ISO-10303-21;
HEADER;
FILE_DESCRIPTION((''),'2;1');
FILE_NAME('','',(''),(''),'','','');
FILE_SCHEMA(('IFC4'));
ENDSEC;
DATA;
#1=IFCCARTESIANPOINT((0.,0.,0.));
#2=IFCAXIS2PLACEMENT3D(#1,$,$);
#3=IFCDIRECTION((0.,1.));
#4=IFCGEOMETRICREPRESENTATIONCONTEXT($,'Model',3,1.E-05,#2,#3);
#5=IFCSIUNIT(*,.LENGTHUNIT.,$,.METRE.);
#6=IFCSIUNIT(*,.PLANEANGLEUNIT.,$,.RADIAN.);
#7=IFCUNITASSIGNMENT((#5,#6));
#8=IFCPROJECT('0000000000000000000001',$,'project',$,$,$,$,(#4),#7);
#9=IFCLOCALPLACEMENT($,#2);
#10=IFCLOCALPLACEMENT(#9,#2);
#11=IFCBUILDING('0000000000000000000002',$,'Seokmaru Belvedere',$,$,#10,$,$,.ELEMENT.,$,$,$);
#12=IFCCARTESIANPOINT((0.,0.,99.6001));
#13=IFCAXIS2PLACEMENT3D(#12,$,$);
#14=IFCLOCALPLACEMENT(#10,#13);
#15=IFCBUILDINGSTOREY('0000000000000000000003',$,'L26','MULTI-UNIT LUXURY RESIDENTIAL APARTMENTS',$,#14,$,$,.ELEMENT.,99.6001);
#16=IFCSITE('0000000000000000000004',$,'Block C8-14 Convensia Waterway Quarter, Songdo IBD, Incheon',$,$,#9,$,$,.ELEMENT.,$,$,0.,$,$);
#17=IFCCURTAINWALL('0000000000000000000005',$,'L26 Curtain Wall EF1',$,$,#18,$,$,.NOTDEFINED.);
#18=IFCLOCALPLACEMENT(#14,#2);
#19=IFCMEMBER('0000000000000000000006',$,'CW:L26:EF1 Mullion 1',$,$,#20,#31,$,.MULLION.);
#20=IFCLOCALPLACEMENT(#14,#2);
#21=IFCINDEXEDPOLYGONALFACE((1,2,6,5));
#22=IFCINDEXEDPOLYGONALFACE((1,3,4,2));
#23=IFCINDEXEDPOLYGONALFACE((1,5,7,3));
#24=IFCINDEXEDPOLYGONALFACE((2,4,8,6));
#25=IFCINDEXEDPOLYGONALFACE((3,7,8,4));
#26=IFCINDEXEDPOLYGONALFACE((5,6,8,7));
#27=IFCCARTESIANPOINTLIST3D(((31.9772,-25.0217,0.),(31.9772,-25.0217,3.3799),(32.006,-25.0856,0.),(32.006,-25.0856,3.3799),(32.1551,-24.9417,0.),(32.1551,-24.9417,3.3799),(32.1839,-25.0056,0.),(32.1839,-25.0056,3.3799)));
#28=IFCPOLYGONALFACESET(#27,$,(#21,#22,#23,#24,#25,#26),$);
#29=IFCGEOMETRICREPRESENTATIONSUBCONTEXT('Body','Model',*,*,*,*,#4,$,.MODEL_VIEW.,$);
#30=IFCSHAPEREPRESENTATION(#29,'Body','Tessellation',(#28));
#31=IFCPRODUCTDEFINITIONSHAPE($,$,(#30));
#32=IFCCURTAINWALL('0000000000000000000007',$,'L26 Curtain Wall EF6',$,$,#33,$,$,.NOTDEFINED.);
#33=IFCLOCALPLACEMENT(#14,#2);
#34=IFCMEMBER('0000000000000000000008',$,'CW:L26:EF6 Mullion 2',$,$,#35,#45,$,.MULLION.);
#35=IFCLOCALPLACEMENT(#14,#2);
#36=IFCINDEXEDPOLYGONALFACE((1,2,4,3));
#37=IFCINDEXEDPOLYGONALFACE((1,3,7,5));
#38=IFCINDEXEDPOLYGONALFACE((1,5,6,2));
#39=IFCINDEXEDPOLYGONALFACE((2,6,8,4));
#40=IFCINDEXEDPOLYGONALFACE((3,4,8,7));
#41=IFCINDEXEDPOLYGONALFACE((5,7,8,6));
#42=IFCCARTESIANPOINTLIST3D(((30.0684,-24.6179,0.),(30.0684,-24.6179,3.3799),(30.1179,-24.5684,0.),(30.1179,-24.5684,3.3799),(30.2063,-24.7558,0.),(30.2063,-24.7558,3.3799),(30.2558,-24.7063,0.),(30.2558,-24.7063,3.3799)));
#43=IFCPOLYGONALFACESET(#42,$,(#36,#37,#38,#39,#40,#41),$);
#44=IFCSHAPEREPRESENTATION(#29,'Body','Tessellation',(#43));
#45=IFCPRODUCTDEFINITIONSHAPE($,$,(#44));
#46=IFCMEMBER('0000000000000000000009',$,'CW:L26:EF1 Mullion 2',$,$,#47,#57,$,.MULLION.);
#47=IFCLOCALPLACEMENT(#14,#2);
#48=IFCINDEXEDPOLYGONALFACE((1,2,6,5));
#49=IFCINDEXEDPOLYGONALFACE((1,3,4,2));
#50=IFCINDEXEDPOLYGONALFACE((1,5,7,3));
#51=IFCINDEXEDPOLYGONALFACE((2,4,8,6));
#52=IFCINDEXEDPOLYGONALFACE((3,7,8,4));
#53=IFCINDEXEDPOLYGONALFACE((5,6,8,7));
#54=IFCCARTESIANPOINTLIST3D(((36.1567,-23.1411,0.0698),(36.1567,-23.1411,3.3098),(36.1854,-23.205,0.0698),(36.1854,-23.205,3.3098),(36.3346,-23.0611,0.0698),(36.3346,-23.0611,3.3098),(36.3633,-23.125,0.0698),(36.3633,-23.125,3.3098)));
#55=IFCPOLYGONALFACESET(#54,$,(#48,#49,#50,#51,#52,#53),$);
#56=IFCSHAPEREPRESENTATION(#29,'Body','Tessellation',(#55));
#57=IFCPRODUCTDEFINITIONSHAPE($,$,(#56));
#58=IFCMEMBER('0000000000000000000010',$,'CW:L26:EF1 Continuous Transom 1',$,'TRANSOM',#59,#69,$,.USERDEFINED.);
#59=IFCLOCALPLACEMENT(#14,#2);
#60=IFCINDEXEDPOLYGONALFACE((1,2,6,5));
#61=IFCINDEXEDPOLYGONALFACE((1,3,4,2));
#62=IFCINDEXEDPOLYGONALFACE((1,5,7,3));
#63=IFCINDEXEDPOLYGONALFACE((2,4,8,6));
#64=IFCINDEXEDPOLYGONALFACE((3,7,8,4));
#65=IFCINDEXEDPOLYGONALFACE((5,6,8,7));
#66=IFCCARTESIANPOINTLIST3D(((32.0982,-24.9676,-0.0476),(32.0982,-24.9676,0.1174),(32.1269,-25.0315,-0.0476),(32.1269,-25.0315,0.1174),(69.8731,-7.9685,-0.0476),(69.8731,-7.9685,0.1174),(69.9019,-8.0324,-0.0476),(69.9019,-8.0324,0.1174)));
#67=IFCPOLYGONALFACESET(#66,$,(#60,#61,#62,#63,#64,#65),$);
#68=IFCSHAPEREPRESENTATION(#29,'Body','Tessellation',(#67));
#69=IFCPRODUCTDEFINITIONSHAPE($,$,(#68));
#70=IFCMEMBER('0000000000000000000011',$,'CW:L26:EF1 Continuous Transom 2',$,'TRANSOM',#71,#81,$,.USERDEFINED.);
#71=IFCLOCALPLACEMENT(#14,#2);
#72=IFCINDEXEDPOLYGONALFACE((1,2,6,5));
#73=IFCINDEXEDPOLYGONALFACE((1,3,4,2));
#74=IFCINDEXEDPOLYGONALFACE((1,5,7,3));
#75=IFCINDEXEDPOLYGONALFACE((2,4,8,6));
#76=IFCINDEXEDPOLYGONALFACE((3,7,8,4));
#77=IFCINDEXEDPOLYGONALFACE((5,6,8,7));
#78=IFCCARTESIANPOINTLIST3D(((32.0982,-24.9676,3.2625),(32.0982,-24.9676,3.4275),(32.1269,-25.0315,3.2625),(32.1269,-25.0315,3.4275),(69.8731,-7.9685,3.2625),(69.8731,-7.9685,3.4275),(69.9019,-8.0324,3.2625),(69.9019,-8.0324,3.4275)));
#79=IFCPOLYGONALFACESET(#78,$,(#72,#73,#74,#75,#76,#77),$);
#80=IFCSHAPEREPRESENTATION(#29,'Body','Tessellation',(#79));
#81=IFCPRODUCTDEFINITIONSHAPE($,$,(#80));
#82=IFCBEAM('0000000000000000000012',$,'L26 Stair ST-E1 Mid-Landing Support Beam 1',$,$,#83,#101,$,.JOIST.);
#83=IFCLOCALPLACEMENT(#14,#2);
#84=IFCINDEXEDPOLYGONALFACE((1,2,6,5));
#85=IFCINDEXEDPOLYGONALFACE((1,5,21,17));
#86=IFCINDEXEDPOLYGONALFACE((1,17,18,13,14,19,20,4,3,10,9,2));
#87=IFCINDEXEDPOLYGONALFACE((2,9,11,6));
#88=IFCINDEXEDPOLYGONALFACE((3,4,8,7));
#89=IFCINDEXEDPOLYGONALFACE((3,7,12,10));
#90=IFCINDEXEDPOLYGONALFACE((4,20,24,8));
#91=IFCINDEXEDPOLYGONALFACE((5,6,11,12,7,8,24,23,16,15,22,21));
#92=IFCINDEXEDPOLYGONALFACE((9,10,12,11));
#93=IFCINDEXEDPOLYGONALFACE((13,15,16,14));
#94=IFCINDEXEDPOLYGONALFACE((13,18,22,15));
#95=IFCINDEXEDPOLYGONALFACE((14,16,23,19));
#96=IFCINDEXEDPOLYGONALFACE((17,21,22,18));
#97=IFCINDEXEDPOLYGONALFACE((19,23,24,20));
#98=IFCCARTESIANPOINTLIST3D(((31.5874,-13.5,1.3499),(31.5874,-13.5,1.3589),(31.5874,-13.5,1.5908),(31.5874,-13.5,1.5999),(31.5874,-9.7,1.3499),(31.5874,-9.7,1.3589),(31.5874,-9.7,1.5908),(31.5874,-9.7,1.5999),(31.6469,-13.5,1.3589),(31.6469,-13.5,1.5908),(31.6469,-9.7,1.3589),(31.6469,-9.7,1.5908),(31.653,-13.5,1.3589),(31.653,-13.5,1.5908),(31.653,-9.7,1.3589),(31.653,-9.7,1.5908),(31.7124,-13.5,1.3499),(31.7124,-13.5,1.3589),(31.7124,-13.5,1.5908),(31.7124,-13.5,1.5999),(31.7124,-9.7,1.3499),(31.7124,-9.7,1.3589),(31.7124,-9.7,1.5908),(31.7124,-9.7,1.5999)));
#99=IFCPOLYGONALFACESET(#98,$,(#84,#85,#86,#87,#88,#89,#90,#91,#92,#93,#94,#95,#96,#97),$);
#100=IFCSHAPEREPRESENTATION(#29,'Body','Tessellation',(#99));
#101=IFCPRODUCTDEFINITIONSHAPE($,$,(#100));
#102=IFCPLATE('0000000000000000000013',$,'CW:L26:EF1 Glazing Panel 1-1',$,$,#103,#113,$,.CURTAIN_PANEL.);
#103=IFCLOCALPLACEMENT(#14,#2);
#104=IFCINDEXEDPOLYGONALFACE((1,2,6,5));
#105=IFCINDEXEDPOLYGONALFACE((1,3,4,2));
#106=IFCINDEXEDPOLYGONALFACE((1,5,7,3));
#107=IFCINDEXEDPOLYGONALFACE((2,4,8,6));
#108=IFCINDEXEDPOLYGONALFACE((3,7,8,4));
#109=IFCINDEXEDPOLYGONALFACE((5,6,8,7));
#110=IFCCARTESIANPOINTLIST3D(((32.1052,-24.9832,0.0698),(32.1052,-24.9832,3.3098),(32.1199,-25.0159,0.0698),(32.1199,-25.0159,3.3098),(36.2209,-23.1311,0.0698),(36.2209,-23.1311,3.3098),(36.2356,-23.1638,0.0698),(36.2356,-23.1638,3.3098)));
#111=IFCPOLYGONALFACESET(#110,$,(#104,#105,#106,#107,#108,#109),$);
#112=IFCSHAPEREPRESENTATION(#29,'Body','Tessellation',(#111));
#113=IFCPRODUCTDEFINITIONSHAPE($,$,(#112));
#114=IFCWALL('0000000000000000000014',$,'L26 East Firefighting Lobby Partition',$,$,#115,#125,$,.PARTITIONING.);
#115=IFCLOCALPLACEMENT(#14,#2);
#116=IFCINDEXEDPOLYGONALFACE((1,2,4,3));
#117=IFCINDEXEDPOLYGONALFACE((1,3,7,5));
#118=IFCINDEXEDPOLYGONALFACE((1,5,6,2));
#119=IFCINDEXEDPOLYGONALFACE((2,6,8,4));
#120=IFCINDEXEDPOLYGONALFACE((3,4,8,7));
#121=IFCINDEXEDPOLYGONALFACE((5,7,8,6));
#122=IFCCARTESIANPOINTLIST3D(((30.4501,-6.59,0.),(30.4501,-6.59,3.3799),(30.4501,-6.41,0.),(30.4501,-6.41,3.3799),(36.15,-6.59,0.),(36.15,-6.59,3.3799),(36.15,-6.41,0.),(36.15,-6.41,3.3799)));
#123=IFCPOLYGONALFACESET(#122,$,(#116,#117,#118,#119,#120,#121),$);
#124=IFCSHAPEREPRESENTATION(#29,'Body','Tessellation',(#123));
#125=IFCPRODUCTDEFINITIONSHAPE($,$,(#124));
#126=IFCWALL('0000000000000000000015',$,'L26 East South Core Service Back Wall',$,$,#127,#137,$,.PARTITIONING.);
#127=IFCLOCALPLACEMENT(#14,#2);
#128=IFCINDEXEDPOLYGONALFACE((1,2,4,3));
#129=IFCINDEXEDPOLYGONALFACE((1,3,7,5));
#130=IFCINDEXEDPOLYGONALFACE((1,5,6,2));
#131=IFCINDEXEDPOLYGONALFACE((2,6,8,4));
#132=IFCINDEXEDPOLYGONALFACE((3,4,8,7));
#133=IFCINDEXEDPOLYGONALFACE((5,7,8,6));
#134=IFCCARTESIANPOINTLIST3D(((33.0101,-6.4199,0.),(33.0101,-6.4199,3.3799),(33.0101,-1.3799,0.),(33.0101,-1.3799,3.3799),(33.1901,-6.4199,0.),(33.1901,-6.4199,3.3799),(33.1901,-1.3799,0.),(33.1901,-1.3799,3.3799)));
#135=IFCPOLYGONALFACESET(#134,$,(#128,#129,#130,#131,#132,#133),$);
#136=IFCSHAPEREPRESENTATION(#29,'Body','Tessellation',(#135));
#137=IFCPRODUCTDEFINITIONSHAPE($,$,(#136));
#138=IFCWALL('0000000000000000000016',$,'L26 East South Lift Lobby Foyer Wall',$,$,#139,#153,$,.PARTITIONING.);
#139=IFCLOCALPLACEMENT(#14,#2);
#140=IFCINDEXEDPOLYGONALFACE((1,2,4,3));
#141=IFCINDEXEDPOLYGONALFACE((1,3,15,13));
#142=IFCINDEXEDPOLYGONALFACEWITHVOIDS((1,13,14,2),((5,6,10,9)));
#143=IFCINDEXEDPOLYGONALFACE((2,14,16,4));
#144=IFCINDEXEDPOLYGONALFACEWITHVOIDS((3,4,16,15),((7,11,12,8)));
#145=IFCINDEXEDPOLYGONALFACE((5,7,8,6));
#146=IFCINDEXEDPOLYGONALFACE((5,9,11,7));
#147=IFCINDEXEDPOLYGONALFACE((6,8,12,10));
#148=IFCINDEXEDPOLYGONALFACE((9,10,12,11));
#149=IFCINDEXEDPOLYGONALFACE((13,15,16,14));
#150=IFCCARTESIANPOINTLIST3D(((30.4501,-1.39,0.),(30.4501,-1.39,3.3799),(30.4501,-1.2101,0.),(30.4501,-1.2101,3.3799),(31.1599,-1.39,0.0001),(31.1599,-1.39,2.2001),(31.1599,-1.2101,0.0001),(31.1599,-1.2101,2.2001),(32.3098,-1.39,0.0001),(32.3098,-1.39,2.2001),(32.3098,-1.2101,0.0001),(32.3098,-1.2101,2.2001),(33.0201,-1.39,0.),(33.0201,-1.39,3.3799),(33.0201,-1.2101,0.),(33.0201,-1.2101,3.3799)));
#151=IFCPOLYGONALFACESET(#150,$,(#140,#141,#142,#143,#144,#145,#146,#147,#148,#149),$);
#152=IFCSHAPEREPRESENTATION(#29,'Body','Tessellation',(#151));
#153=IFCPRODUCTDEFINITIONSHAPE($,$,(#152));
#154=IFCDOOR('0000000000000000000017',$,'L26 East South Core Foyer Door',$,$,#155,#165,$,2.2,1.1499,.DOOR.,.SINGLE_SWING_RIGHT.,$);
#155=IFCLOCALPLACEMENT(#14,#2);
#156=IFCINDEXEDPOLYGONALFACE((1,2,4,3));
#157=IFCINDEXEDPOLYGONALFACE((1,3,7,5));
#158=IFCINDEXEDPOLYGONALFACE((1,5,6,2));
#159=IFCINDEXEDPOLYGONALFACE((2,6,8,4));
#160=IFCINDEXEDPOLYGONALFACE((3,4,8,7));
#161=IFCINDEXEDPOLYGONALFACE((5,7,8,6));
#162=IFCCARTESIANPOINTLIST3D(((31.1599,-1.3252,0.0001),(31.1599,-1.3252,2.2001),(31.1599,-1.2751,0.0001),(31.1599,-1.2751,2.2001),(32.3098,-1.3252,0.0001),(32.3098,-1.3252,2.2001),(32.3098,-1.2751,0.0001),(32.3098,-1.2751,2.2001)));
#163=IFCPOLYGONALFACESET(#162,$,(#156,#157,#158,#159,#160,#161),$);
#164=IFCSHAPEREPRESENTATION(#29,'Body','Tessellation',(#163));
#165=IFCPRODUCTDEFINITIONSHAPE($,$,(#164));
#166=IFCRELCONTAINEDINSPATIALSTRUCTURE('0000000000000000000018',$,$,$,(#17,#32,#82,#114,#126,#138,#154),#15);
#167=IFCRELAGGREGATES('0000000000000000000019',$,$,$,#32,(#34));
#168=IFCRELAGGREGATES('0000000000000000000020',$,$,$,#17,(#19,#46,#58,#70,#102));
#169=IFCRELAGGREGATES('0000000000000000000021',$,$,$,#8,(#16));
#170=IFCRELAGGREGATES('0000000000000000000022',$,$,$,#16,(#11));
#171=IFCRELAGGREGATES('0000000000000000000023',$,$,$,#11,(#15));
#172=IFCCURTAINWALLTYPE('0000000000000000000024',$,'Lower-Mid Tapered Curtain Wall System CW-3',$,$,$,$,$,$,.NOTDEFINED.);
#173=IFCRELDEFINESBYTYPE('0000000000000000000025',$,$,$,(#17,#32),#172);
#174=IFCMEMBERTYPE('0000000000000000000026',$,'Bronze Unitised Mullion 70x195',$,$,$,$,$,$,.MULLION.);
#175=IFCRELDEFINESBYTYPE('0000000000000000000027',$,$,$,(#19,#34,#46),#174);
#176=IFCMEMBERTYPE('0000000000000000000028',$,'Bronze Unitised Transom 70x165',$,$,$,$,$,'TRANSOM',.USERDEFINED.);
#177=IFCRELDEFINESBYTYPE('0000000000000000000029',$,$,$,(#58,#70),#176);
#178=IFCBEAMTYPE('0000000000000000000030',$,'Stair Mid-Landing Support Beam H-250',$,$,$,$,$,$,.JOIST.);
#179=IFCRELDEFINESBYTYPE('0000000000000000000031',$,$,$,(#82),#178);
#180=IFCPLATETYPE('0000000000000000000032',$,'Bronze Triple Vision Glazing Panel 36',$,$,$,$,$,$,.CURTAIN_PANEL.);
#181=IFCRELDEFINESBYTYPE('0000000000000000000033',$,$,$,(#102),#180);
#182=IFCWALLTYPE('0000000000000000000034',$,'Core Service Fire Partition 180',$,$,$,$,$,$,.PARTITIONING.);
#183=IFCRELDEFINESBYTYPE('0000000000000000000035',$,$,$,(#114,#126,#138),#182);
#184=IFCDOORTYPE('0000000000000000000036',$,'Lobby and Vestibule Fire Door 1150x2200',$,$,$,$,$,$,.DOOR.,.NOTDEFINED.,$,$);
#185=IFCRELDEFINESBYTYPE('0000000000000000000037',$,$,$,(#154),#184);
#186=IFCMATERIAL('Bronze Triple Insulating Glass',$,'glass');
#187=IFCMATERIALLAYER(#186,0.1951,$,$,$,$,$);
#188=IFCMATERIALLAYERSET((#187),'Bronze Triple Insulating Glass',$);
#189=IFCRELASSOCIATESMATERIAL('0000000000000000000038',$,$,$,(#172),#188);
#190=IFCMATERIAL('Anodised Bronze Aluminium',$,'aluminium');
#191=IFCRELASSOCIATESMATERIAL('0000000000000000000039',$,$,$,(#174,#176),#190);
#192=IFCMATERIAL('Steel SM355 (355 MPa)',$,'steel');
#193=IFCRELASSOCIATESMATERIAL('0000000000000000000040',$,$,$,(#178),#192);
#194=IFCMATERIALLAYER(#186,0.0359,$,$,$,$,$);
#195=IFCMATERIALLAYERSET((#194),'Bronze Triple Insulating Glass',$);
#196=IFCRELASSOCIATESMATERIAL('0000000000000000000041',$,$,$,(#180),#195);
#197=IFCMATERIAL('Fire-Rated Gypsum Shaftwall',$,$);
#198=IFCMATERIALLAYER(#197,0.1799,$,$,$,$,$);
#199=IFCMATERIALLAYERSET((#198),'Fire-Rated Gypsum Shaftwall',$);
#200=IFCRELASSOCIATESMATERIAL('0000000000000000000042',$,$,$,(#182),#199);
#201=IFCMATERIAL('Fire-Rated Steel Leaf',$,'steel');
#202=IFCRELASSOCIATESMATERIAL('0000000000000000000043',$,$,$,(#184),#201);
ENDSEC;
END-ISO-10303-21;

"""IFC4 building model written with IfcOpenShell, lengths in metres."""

from ifc_helpers import new_model, si_unit, direction, frame, frame_2d, origin, origin_2d, place, context, subcontext, project, spatial, rectangle, i_section, extrude, source, transform, mapped, material, layer, layer_set, material_profile, profile_set, type_object, type_shapes, element, fill, aggregate, save


model = new_model("IFC4")

# Units and contexts
model_context = context("Model", 3, precision=1e-05, world=origin(), true_north=direction((0.0, 1.0)))
body_context = subcontext(model_context, "Body", "Model", "MODEL_VIEW")
ifc_project = project(units=[si_unit("LENGTHUNIT", "METRE"), si_unit("PLANEANGLEUNIT", "RADIAN")], contexts=[model_context])

# Site, building, storey
site_placement = place(None, origin())
site = spatial("IfcSite", under=ifc_project, at=site_placement, Name="Block C8-14 Convensia Waterway Quarter, Songdo IBD, Incheon", CompositionType="ELEMENT", RefElevation=0.0)
building_placement = place(site_placement, origin())
building = spatial("IfcBuilding", under=site, at=building_placement, Name="Seokmaru Belvedere", CompositionType="ELEMENT")
storey_placement = place(building_placement, frame((0.0, 0.0, 99.6001)))
storey = spatial("IfcBuildingStorey", under=building, at=storey_placement, Name="L26", Description="MULTI-UNIT LUXURY RESIDENTIAL APARTMENTS", CompositionType="ELEMENT", Elevation=99.6001)

# Shared definitions
ifc_material_1 = material(Name="Steel SM355 (355 MPa)", Category="steel")

# Curtain walls, members
ifc_material_2 = material(Name="Bronze Triple Insulating Glass", Category="glass")
ifc_layer_1 = layer(ifc_material_2, 0.1951)
ifc_layer_set_1 = layer_set([ifc_layer_1], Name="Bronze Triple Insulating Glass")
curtain_wall_type = type_object("IfcCurtainWallType", Name="Lower-Mid Tapered Curtain Wall System CW-3", PredefinedType="NOTDEFINED", material=ifc_layer_set_1)
curtain_wall_1_placement = place(storey_placement, origin())
curtain_wall_1 = element("IfcCurtainWall", 1, at=curtain_wall_1_placement, inside=storey, type_object=curtain_wall_type, Name="L26 Curtain Wall EF1", PredefinedType="NOTDEFINED")
ifc_material_3 = material(Name="Anodised Bronze Aluminium", Category="aluminium")
ifc_material_profile_1 = material_profile(ifc_material_3, rectangle(XDim=0.0701, YDim=0.1951, at=origin_2d()), Name="CW-M-70x195")
ifc_profile_set_1 = profile_set([ifc_material_profile_1], Name="Anodised Bronze Aluminium")
member_type_1 = type_object("IfcMemberType", Name="Bronze Unitised Mullion 70x195", PredefinedType="MULLION", material=ifc_profile_set_1)
shared_shape_1 = source(origin(), body_context, "Body", "SweptSolid", [
    extrude(rectangle(XDim=0.0701, YDim=0.1951, at=origin_2d()), origin(), (0.0, 0.0, 1.0), 3.3799),
])
member_1_placement = place(storey_placement, frame((32.0806, -25.0137, 0.0), z_axis=(0.0, 0.0, 1.0), x_axis=(-0.410366, 0.911921, 0.0)))
member_1 = element("IfcMember", 2, at=member_1_placement, type_object=member_type_1, Name="CW:L26:EF1 Mullion 1", PredefinedType="MULLION", context=body_context, shape_type="MappedRepresentation", body=[
    mapped(shared_shape_1, transform((0.0, 0.0, 0.0), scale=1.0)),
])
curtain_wall_2_placement = place(storey_placement, origin())
curtain_wall_2 = element("IfcCurtainWall", 3, at=curtain_wall_2_placement, inside=storey, type_object=curtain_wall_type, Name="L26 Curtain Wall EF6", PredefinedType="NOTDEFINED")
member_2_placement = place(storey_placement, frame((30.1621, -24.6621, 0.0), z_axis=(0.0, 0.0, 1.0), x_axis=(0.707107, 0.707107, 0.0)))
member_2 = element("IfcMember", 4, at=member_2_placement, type_object=member_type_1, Name="CW:L26:EF6 Mullion 2", PredefinedType="MULLION", context=body_context, shape_type="MappedRepresentation", body=[
    mapped(shared_shape_1, transform((0.0, 0.0, 0.0), scale=1.0)),
])
aggregate(curtain_wall_2, [member_2])

# Members
shared_shape_2 = source(origin(), body_context, "Body", "SweptSolid", [
    extrude(rectangle(XDim=0.0701, YDim=0.1951, at=origin_2d()), origin(), (0.0, 0.0, 1.0), 3.24),
])
type_shapes(member_type_1, [shared_shape_1, shared_shape_2])
member_3_placement = place(storey_placement, frame((36.26, -23.1331, 0.0698), z_axis=(0.0, 0.0, 1.0), x_axis=(-0.410366, 0.911921, 0.0)))
member_3 = element("IfcMember", 5, at=member_3_placement, type_object=member_type_1, Name="CW:L26:EF1 Mullion 2", PredefinedType="MULLION", context=body_context, shape_type="MappedRepresentation", body=[
    mapped(shared_shape_2, transform((0.0, 0.0, 0.0), scale=1.0)),
])
ifc_material_profile_2 = material_profile(ifc_material_3, rectangle(XDim=0.0701, YDim=0.165, at=origin_2d()), Name="CW-T-70x165")
ifc_profile_set_2 = profile_set([ifc_material_profile_2], Name="Anodised Bronze Aluminium")
member_type_2 = type_object("IfcMemberType", Name="Bronze Unitised Transom 70x165", ElementType="TRANSOM", PredefinedType="USERDEFINED", material=ifc_profile_set_2)
shared_shape_3 = source(origin(), body_context, "Body", "SweptSolid", [
    extrude(rectangle(XDim=0.0701, YDim=0.165, at=origin_2d()), origin(), (0.0, 0.0, 1.0), 41.4236),
])
type_shapes(member_type_2, [shared_shape_3])
member_4_placement = place(storey_placement, frame((32.1125, -24.9995, 0.0349), z_axis=(0.911919, 0.410371, 0.0), x_axis=(-0.410371, 0.911919, 0.0)))
member_4 = element("IfcMember", 6, at=member_4_placement, type_object=member_type_2, Name="CW:L26:EF1 Continuous Transom 1", ObjectType="TRANSOM", PredefinedType="USERDEFINED", context=body_context, shape_type="MappedRepresentation", body=[
    mapped(shared_shape_3, transform((0.0, 0.0, 0.0), scale=1.0)),
])
member_5_placement = place(storey_placement, frame((32.1125, -24.9995, 3.345), z_axis=(0.911919, 0.410371, 0.0), x_axis=(-0.410371, 0.911919, 0.0)))
member_5 = element("IfcMember", 7, at=member_5_placement, type_object=member_type_2, Name="CW:L26:EF1 Continuous Transom 2", ObjectType="TRANSOM", PredefinedType="USERDEFINED", context=body_context, shape_type="MappedRepresentation", body=[
    mapped(shared_shape_3, transform((0.0, 0.0, 0.0), scale=1.0)),
])

# Beam
ifc_material_profile_3 = material_profile(ifc_material_1, i_section(OverallWidth=0.125, OverallDepth=0.25, WebThickness=0.0061, FlangeThickness=0.009, at=origin_2d()), Name="H-250x125x6x9")
ifc_profile_set_3 = profile_set([ifc_material_profile_3], Name="Steel SM355 (355 MPa)")
beam_type_1 = type_object("IfcBeamType", Name="Stair Mid-Landing Support Beam H-250", PredefinedType="JOIST", material=ifc_profile_set_3)
shared_shape_4 = source(origin(), body_context, "Body", "SweptSolid", [
    extrude(i_section(OverallWidth=0.125, OverallDepth=0.25, WebThickness=0.0061, FlangeThickness=0.009, at=origin_2d()), origin(), (0.0, 0.0, 1.0), 3.8),
])
type_shapes(beam_type_1, [shared_shape_4])
beam_1_placement = place(storey_placement, frame((31.6499, -13.5, 1.4749), z_axis=(0.0, 1.0, 0.0), x_axis=(-1.0, 0.0, 0.0)))
element("IfcBeam", 8, at=beam_1_placement, inside=storey, type_object=beam_type_1, Name="L26 Stair ST-E1 Mid-Landing Support Beam 1", PredefinedType="JOIST", context=body_context, shape_type="MappedRepresentation", body=[
    mapped(shared_shape_4, transform((0.0, 0.0, 0.0), scale=1.0)),
])

# Plate
ifc_layer_2 = layer(ifc_material_2, 0.0359)
ifc_layer_set_2 = layer_set([ifc_layer_2], Name="Bronze Triple Insulating Glass")
plate_type = type_object("IfcPlateType", Name="Bronze Triple Vision Glazing Panel 36", PredefinedType="CURTAIN_PANEL", material=ifc_layer_set_2)
shared_shape_5 = source(origin(), body_context, "Body", "SweptSolid", [
    extrude(rectangle(XDim=4.5132, YDim=0.0359, at=origin_2d()), origin(), (0.0, 0.0, 1.0), 3.24),
])
type_shapes(plate_type, [shared_shape_5])
plate_placement = place(storey_placement, frame((34.1704, -24.0735, 0.0698), z_axis=(0.0, 0.0, 1.0), x_axis=(0.911921, 0.410366, 0.0)))
plate = element("IfcPlate", 9, at=plate_placement, type_object=plate_type, Name="CW:L26:EF1 Glazing Panel 1-1", PredefinedType="CURTAIN_PANEL", context=body_context, shape_type="MappedRepresentation", body=[
    mapped(shared_shape_5, transform((0.0, 0.0, 0.0), scale=1.0)),
])
aggregate(curtain_wall_1, [member_1, member_3, member_4, member_5, plate])

# Walls
ifc_material_4 = material(Name="Fire-Rated Gypsum Shaftwall")
ifc_layer_3 = layer(ifc_material_4, 0.1799)
ifc_layer_set_3 = layer_set([ifc_layer_3], Name="Fire-Rated Gypsum Shaftwall")
wall_type_1 = type_object("IfcWallType", Name="Core Service Fire Partition 180", PredefinedType="PARTITIONING", material=ifc_layer_set_3)
wall_1_placement = place(storey_placement, frame((30.45, -6.5, 0.0), z_axis=(0.0, 0.0, 1.0), x_axis=(1.0, 0.0, 0.0)))
element("IfcWall", 10, at=wall_1_placement, inside=storey, type_object=wall_type_1, Name="L26 East Firefighting Lobby Partition", PredefinedType="PARTITIONING", context=body_context, shape_type="SweptSolid", body=[
    extrude(rectangle(XDim=5.7, YDim=0.1799, at=frame_2d((2.8501, 0.0))), origin(), (0.0, 0.0, 1.0), 3.3799),
])
wall_2_placement = place(storey_placement, frame((33.1001, -6.4199, 0.0), z_axis=(0.0, 0.0, 1.0), x_axis=(0.0, 1.0, 0.0)))
element("IfcWall", 11, at=wall_2_placement, inside=storey, type_object=wall_type_1, Name="L26 East South Core Service Back Wall", PredefinedType="PARTITIONING", context=body_context, shape_type="SweptSolid", body=[
    extrude(rectangle(XDim=5.04, YDim=0.1799, at=frame_2d((2.52, 0.0))), origin(), (0.0, 0.0, 1.0), 3.3799),
])

# Wall, opening, door
wall_3_placement = place(storey_placement, frame((30.45, -1.3, 0.0), z_axis=(0.0, 0.0, 1.0), x_axis=(1.0, 0.0, 0.0)))
wall_3 = element("IfcWall", 12, at=wall_3_placement, inside=storey, type_object=wall_type_1, Name="L26 East South Lift Lobby Foyer Wall", PredefinedType="PARTITIONING", context=body_context, shape_type="SweptSolid", body=[
    extrude(rectangle(XDim=2.5701, YDim=0.1799, at=frame_2d((1.2852, 0.0))), origin(), (0.0, 0.0, 1.0), 3.3799),
])
opening_1_placement = place(wall_3_placement, frame((0.71, 0.0, 0.0)))
opening_1 = element("IfcOpeningElement", 13, at=opening_1_placement, cuts=wall_3, PredefinedType="OPENING", context=body_context, shape_type="SweptSolid", body=[
    extrude(rectangle(XDim=1.1499, YDim=2.2, at=frame_2d((0.575, 1.1001))), frame((0.0, 0.1001, 0.0), z_axis=(0.0, -1.0, 0.0), x_axis=(1.0, 0.0, 0.0)), (0.0, 0.0, 1.0), 0.2),
])
ifc_material_5 = material(Name="Fire-Rated Steel Leaf", Category="steel")
door_type_1 = type_object("IfcDoorType", Name="Lobby and Vestibule Fire Door 1150x2200", OperationType="NOTDEFINED", PredefinedType="DOOR", material=ifc_material_5)
shared_shape_6 = source(origin(), body_context, "Body", "SweptSolid", [
    extrude(rectangle(XDim=1.1499, YDim=2.2, at=frame_2d((0.575, 1.1001))), frame((0.0, 0.0249, 0.0), z_axis=(0.0, -1.0, 0.0), x_axis=(1.0, 0.0, 0.0)), (0.0, 0.0, 1.0), 0.05),
])
type_shapes(door_type_1, [shared_shape_6])
door_1_placement = place(opening_1_placement, origin())
door_1 = element("IfcDoor", 14, at=door_1_placement, inside=storey, type_object=door_type_1, Name="L26 East South Core Foyer Door", OperationType="SINGLE_SWING_RIGHT", OverallHeight=2.2, OverallWidth=1.1499, PredefinedType="DOOR", context=body_context, shape_type="MappedRepresentation", body=[
    mapped(shared_shape_6, transform((0.0, 0.0, 0.0), scale=1.0)),
])
fill(opening_1, door_1)

save(model, "model.ifc")
